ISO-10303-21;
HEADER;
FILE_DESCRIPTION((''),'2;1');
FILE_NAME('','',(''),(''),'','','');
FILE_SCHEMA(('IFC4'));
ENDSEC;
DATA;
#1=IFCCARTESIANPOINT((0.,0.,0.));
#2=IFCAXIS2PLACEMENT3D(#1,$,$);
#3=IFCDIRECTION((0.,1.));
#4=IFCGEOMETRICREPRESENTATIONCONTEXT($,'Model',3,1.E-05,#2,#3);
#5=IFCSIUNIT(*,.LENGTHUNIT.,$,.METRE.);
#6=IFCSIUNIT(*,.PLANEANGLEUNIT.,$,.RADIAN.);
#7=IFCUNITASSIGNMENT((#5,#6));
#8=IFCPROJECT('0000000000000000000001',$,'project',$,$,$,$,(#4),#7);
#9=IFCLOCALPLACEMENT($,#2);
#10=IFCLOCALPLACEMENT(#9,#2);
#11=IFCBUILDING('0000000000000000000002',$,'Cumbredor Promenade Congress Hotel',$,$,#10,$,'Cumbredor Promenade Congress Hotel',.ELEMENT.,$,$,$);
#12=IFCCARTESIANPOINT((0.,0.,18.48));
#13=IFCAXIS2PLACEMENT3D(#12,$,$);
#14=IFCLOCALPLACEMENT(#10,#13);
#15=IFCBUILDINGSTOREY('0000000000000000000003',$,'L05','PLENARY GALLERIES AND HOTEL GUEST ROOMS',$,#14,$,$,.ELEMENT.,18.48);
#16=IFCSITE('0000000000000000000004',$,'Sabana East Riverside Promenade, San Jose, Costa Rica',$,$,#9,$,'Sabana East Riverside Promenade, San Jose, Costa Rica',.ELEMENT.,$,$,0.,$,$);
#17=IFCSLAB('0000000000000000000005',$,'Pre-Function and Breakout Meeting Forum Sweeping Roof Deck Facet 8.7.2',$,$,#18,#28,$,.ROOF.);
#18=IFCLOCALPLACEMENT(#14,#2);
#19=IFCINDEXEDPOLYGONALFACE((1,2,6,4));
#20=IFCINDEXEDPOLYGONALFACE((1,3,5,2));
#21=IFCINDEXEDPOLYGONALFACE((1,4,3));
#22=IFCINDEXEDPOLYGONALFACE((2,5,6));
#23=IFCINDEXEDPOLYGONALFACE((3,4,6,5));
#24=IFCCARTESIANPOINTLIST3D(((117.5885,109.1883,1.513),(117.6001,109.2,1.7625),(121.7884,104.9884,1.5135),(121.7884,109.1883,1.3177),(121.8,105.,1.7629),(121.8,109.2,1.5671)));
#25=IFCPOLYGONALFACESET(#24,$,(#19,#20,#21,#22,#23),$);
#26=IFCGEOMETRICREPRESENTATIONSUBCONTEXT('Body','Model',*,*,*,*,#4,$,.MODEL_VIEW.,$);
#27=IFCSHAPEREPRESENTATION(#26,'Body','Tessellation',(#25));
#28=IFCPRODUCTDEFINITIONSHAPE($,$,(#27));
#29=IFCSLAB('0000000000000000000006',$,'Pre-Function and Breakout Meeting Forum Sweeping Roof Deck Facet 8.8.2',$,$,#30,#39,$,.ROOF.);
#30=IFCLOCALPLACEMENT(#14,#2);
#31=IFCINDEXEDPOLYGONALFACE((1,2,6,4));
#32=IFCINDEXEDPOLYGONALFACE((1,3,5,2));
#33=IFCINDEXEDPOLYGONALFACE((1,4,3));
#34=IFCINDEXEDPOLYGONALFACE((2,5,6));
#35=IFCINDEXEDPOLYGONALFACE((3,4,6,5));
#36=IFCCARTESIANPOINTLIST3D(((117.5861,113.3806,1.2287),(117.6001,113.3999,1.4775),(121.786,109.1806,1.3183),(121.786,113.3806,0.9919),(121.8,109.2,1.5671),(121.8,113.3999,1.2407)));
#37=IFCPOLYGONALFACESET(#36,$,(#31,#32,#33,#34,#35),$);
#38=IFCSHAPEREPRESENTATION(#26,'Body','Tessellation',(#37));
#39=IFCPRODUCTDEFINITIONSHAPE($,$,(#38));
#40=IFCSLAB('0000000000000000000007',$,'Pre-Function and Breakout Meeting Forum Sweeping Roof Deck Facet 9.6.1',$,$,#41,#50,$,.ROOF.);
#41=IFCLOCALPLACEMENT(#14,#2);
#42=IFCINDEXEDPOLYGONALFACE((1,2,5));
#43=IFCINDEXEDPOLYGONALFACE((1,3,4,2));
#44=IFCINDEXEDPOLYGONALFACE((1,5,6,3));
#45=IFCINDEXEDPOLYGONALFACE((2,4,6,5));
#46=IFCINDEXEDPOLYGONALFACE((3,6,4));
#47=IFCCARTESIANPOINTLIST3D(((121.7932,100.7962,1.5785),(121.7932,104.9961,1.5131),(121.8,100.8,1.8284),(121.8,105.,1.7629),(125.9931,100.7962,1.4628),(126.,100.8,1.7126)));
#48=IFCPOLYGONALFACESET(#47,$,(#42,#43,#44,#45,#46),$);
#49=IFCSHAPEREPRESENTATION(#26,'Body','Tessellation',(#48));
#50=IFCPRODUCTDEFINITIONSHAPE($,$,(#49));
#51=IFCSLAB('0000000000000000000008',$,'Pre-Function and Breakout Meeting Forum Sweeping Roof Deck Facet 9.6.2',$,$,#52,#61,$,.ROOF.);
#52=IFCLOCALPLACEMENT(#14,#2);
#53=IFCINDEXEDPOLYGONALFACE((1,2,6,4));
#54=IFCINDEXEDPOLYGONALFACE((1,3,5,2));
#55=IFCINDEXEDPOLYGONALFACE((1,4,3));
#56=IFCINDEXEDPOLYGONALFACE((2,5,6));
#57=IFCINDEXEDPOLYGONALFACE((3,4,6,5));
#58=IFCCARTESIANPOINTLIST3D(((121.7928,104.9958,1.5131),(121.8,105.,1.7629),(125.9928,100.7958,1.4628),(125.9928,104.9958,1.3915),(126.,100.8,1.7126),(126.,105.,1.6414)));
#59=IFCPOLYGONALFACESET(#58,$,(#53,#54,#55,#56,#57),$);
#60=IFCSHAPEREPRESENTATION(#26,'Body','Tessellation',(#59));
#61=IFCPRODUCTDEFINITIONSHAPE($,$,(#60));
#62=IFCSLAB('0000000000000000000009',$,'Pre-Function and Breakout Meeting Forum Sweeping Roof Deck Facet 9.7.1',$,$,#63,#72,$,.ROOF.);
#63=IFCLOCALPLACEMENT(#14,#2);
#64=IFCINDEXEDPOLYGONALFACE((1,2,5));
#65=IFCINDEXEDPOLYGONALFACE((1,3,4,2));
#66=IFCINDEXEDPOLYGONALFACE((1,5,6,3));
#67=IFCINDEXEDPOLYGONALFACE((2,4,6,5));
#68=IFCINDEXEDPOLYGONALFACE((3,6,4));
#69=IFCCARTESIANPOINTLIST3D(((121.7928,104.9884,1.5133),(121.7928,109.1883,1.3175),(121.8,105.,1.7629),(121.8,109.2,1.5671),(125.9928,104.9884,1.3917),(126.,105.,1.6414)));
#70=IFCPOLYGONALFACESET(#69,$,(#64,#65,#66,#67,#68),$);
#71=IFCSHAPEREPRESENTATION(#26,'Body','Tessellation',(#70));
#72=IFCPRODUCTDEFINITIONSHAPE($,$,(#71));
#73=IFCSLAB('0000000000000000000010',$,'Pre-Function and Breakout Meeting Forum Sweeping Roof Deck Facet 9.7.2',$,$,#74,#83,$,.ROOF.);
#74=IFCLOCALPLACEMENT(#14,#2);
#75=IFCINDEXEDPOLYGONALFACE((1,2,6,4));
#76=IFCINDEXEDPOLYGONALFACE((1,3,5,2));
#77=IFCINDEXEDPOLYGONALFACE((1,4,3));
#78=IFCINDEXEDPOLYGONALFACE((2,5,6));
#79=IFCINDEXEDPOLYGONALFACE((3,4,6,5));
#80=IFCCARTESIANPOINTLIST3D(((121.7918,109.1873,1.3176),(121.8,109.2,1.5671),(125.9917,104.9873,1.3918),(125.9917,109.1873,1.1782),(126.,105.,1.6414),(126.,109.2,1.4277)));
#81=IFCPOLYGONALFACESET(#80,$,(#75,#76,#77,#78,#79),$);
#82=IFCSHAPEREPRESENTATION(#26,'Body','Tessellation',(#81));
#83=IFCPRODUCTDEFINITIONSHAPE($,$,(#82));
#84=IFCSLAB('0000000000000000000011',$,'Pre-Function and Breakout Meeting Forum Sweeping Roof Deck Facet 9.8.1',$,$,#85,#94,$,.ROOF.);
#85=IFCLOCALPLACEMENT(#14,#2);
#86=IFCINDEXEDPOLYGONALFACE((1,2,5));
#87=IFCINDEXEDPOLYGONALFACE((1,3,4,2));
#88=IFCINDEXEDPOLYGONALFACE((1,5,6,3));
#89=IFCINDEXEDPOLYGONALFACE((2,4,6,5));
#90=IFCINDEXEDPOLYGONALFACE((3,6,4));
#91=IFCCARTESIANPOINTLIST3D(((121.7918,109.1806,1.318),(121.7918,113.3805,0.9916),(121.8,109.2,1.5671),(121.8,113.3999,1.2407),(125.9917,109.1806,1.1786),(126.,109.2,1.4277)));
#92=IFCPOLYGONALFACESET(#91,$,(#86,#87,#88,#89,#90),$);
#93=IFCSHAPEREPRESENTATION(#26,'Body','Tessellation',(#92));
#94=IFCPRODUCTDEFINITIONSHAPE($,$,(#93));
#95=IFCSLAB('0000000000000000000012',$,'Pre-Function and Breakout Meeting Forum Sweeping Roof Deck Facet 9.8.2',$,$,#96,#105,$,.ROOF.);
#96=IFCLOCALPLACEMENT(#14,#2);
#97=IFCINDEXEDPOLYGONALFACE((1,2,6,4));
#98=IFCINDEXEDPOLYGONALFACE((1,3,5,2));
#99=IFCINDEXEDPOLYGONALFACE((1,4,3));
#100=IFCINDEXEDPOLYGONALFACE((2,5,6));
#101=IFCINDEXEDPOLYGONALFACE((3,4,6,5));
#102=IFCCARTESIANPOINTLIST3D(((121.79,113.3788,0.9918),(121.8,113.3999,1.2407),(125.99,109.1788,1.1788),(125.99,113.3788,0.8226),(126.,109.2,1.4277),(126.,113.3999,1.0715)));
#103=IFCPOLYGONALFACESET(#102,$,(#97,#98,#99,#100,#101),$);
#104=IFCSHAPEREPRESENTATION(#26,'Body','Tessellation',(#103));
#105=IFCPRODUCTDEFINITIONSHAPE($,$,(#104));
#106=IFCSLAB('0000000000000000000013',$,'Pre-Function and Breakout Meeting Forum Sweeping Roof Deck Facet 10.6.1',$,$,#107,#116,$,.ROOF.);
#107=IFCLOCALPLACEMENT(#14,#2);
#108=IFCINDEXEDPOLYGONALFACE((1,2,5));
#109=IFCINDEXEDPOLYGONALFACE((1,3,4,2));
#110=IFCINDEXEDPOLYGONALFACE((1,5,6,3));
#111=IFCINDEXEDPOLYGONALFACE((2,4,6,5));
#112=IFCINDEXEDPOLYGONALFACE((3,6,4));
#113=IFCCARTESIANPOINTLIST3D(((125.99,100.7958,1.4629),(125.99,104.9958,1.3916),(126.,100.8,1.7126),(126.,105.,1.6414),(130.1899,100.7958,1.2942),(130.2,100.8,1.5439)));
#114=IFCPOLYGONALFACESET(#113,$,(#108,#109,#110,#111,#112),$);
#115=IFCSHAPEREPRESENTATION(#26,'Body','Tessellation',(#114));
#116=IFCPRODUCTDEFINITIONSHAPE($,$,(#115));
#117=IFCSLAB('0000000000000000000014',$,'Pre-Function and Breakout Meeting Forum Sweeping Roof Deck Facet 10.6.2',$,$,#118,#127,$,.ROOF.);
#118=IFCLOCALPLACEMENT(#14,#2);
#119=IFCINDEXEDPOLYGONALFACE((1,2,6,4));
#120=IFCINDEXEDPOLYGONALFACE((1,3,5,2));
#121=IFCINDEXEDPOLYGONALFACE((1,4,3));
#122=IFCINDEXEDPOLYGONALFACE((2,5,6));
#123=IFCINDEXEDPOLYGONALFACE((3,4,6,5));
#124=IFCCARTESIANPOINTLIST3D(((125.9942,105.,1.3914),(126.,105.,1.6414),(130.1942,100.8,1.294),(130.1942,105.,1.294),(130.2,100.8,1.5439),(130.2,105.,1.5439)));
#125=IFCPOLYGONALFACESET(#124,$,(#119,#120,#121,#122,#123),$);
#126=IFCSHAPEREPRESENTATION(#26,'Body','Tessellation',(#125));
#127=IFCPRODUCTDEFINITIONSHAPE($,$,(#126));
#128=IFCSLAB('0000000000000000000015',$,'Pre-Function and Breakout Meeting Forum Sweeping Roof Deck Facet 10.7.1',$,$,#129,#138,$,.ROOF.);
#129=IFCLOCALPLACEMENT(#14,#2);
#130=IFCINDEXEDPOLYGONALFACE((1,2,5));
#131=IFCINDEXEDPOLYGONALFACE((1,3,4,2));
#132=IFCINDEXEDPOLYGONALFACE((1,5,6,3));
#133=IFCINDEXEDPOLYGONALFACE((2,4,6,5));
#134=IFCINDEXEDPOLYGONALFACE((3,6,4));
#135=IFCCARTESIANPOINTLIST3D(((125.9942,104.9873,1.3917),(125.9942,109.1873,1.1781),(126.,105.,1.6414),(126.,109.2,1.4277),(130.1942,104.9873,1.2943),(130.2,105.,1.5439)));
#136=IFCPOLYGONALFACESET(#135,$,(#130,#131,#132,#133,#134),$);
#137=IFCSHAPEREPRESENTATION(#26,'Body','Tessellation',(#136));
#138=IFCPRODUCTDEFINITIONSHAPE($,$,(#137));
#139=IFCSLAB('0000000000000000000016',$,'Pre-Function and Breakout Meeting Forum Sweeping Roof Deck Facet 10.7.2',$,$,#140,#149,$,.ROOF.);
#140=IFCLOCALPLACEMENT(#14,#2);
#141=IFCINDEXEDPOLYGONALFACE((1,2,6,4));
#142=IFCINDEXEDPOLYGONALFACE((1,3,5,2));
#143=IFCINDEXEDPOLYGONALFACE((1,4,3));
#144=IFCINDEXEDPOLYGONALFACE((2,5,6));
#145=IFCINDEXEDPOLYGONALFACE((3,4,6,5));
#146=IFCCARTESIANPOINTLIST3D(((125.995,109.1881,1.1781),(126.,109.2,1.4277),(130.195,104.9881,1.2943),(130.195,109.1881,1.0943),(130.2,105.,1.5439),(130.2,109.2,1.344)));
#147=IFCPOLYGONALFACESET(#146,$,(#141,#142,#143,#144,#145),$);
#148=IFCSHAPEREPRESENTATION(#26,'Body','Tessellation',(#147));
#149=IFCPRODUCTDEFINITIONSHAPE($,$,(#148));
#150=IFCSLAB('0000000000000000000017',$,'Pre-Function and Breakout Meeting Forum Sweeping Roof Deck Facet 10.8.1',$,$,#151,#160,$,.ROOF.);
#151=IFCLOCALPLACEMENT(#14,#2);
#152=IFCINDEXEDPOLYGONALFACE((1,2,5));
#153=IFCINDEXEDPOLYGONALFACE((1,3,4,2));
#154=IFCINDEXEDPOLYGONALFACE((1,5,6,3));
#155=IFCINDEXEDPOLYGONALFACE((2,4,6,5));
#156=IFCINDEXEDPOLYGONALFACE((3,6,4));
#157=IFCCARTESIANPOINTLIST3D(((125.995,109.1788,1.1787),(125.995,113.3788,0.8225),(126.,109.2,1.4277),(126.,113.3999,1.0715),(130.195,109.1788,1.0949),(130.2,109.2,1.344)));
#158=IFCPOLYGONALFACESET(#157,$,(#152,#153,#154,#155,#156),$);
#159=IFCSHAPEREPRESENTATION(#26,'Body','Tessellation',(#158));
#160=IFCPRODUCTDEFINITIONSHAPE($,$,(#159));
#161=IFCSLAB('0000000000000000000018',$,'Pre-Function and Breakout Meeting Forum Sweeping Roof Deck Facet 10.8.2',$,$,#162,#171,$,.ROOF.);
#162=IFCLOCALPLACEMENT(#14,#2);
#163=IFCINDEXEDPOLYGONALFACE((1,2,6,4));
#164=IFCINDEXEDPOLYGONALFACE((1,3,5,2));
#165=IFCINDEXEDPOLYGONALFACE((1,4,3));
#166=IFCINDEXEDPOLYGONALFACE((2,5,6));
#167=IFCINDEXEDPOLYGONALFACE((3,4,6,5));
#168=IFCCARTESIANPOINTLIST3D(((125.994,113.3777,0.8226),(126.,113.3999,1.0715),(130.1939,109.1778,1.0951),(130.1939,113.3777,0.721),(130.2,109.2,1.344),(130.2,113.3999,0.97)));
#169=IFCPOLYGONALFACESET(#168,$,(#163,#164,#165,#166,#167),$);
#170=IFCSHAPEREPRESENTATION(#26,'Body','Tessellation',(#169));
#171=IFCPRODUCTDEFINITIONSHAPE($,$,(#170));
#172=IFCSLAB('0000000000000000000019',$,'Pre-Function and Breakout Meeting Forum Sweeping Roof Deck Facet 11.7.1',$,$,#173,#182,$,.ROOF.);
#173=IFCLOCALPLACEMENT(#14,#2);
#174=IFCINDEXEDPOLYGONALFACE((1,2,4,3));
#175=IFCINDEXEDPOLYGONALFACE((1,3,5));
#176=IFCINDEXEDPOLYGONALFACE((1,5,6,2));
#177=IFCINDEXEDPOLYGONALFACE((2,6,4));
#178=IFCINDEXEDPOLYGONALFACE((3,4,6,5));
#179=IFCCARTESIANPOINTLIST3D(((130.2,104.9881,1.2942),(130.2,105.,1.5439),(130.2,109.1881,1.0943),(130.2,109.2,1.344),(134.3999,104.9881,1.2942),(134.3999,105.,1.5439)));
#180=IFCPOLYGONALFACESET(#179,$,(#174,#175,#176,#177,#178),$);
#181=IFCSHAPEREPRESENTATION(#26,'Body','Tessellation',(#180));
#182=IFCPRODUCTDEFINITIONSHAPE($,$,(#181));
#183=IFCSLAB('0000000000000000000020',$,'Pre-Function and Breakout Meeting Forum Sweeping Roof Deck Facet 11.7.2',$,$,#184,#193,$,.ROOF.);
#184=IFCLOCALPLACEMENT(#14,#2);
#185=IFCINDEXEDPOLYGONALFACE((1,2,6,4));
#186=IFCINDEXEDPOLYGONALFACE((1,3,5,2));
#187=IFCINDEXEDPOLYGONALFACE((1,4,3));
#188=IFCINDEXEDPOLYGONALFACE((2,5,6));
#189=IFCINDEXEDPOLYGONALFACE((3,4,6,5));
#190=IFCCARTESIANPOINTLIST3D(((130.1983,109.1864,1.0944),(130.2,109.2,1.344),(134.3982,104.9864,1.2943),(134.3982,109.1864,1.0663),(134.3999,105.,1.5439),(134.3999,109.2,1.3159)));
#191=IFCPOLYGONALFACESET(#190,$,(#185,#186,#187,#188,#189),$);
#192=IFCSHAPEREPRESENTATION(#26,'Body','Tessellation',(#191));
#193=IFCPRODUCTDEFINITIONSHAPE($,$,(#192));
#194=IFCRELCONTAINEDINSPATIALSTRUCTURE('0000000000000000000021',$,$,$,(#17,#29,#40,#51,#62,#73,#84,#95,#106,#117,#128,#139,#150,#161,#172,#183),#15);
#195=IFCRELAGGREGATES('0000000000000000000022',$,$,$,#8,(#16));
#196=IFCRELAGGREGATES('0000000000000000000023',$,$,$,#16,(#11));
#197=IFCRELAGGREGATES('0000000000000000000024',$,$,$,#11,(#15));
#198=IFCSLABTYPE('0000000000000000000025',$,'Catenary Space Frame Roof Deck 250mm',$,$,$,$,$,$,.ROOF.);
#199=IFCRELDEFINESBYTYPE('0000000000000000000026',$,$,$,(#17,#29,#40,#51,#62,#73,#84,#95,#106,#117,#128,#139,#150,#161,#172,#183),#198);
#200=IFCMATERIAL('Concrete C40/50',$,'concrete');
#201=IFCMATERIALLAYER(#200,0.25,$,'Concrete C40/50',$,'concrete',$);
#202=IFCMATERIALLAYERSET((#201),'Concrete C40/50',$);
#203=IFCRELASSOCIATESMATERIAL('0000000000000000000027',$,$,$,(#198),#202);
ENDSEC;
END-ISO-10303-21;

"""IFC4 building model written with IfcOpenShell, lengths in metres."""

from ifc_helpers import new_model, si_unit, direction, frame, origin, place, context, subcontext, project, spatial, polyline, outline, extrude, material, layer, layer_set, type_object, element, save


model = new_model("IFC4")

# Units and contexts
model_context = context("Model", 3, precision=1e-05, world=origin(), true_north=direction((0.0, 1.0)))
body_context = subcontext(model_context, "Body", "Model", "MODEL_VIEW")
ifc_project = project(units=[si_unit("LENGTHUNIT", "METRE"), si_unit("PLANEANGLEUNIT", "RADIAN")], contexts=[model_context])

# Site, building, storey
site_placement = place(None, origin())
site = spatial("IfcSite", under=ifc_project, at=site_placement, Name="Sabana East Riverside Promenade, San Jose, Costa Rica", LongName="Sabana East Riverside Promenade, San Jose, Costa Rica", CompositionType="ELEMENT", RefElevation=0.0)
building_placement = place(site_placement, origin())
building = spatial("IfcBuilding", under=site, at=building_placement, Name="Cumbredor Promenade Congress Hotel", LongName="Cumbredor Promenade Congress Hotel", CompositionType="ELEMENT")
storey_placement = place(building_placement, frame((0.0, 0.0, 18.48)))
storey = spatial("IfcBuildingStorey", under=building, at=storey_placement, Name="L05", Description="PLENARY GALLERIES AND HOTEL GUEST ROOMS", CompositionType="ELEMENT", Elevation=18.48)

# Slabs
ifc_material_1 = material(Name="Concrete C40/50", Category="concrete")
ifc_layer_1 = layer(ifc_material_1, 0.25, Name="Concrete C40/50", Category="concrete")
ifc_layer_set_1 = layer_set([ifc_layer_1], Name="Concrete C40/50")
slab_type = type_object("IfcSlabType", Name="Catenary Space Frame Roof Deck 250mm", PredefinedType="ROOF", material=ifc_layer_set_1)
slab_1_placement = place(storey_placement, frame((121.8, 105.0, 1.7629), z_axis=(0.046403, 0.046519, 0.997839), x_axis=(0.0, 0.998915, -0.046569)))
element("IfcSlab", 1, at=slab_1_placement, inside=storey, type_object=slab_type, Name="Pre-Function and Breakout Meeting Forum Sweeping Roof Deck Facet 8.7.2", PredefinedType="ROOF", context=body_context, shape_type="SweptSolid", body=[
    extrude(outline(polyline([(0.0, 0.0), (4.2045, 0.0), (4.1954, 4.2045), (0.0, 0.0)])), origin(), (0.0, 0.0, -1.0), 0.25),
])
slab_2_placement = place(storey_placement, frame((121.8, 109.2, 1.5671), z_axis=(0.056127, 0.077363, 0.995422), x_axis=(0.0, 0.996993, -0.077485)))
element("IfcSlab", 2, at=slab_2_placement, inside=storey, type_object=slab_type, Name="Pre-Function and Breakout Meeting Forum Sweeping Roof Deck Facet 8.8.2", PredefinedType="ROOF", context=body_context, shape_type="SweptSolid", body=[
    extrude(outline(polyline([(0.0, 0.0), (4.2126, 0.0), (4.1943, 4.2066), (0.0, 0.0)])), origin(), (0.0, 0.0, -1.0), 0.25),
])
slab_3_placement = place(storey_placement, frame((121.8, 100.8, 1.8284), z_axis=(0.02754, 0.015571, 0.999499), x_axis=(0.999621, 0.0, -0.027543)))
element("IfcSlab", 3, at=slab_3_placement, inside=storey, type_object=slab_type, Name="Pre-Function and Breakout Meeting Forum Sweeping Roof Deck Facet 9.6.1", PredefinedType="ROOF", context=body_context, shape_type="SweptSolid", body=[
    extrude(outline(polyline([(0.0, 0.0), (4.2015, 0.0), (0.0018, 4.2005), (0.0, 0.0)])), origin(), (0.0, 0.0, -1.0), 0.25),
])
slab_4_placement = place(storey_placement, frame((126.0, 100.8, 1.7126), z_axis=(0.028932, 0.016964, 0.999437), x_axis=(0.0, 0.999856, -0.016971)))
element("IfcSlab", 4, at=slab_4_placement, inside=storey, type_object=slab_type, Name="Pre-Function and Breakout Meeting Forum Sweeping Roof Deck Facet 9.6.2", PredefinedType="ROOF", context=body_context, shape_type="SweptSolid", body=[
    extrude(outline(polyline([(0.0, 0.0), (4.2006, 0.0), (4.1985, 4.2017), (0.0, 0.0)])), origin(), (0.0, 0.0, -1.0), 0.25),
])
slab_5_placement = place(storey_placement, frame((121.8, 105.0, 1.7629), z_axis=(0.028905, 0.04655, 0.998498), x_axis=(0.999581, 0.0, -0.028936)))
element("IfcSlab", 5, at=slab_5_placement, inside=storey, type_object=slab_type, Name="Pre-Function and Breakout Meeting Forum Sweeping Roof Deck Facet 9.7.1", PredefinedType="ROOF", context=body_context, shape_type="SweptSolid", body=[
    extrude(outline(polyline([(0.0, 0.0), (4.2017, 0.0), (0.0057, 4.2045), (0.0, 0.0)])), origin(), (0.0, 0.0, -1.0), 0.25),
])
slab_6_placement = place(storey_placement, frame((126.0, 105.0, 1.6414), z_axis=(0.033131, 0.05077, 0.998161), x_axis=(0.0, 0.998709, -0.050798)))
element("IfcSlab", 6, at=slab_6_placement, inside=storey, type_object=slab_type, Name="Pre-Function and Breakout Meeting Forum Sweeping Roof Deck Facet 9.7.2", PredefinedType="ROOF", context=body_context, shape_type="SweptSolid", body=[
    extrude(outline(polyline([(0.0, 0.0), (4.2054, 0.0), (4.1983, 4.2023), (0.0, 0.0)])), origin(), (0.0, 0.0, -1.0), 0.25),
])
slab_7_placement = place(storey_placement, frame((121.8, 109.2, 1.5671), z_axis=(0.033074, 0.077443, 0.996448), x_axis=(0.99945, 0.0, -0.033174)))
element("IfcSlab", 7, at=slab_7_placement, inside=storey, type_object=slab_type, Name="Pre-Function and Breakout Meeting Forum Sweeping Roof Deck Facet 9.8.1", PredefinedType="ROOF", context=body_context, shape_type="SweptSolid", body=[
    extrude(outline(polyline([(0.0, 0.0), (4.2023, 0.0), (0.0108, 4.2126), (0.0, 0.0)])), origin(), (0.0, 0.0, -1.0), 0.25),
])
slab_8_placement = place(storey_placement, frame((126.0, 109.2, 1.4277), z_axis=(0.040107, 0.084439, 0.995621), x_axis=(0.0, 0.996423, -0.084507)))
element("IfcSlab", 8, at=slab_8_placement, inside=storey, type_object=slab_type, Name="Pre-Function and Breakout Meeting Forum Sweeping Roof Deck Facet 9.8.2", PredefinedType="ROOF", context=body_context, shape_type="SweptSolid", body=[
    extrude(outline(polyline([(0.0, 0.0), (4.215, 0.0), (4.2007, 4.2033), (0.0, 0.0)])), origin(), (0.0, 0.0, -1.0), 0.25),
])
slab_9_placement = place(storey_placement, frame((126.0, 100.8, 1.7126), z_axis=(0.040129, 0.016958, 0.999051), x_axis=(0.999194, 0.0, -0.040135)))
element("IfcSlab", 9, at=slab_9_placement, inside=storey, type_object=slab_type, Name="Pre-Function and Breakout Meeting Forum Sweeping Roof Deck Facet 10.6.1", PredefinedType="ROOF", context=body_context, shape_type="SweptSolid", body=[
    extrude(outline(polyline([(0.0, 0.0), (4.2033, 0.0), (0.0029, 4.2006), (0.0, 0.0)])), origin(), (0.0, 0.0, -1.0), 0.25),
])
slab_10_placement = place(storey_placement, frame((130.2, 100.8, 1.5439), z_axis=(0.023187, 0.0, 0.999731), x_axis=(0.0, 1.0, 0.0)))
element("IfcSlab", 10, at=slab_10_placement, inside=storey, type_object=slab_type, Name="Pre-Function and Breakout Meeting Forum Sweeping Roof Deck Facet 10.6.2", PredefinedType="ROOF", context=body_context, shape_type="SweptSolid", body=[
    extrude(outline(polyline([(0.0, 0.0), (4.2, 0.0), (4.2, 4.2011), (0.0, 0.0)])), origin(), (0.0, 0.0, -1.0), 0.25),
])
slab_11_placement = place(storey_placement, frame((126.0, 105.0, 1.6414), z_axis=(0.023157, 0.050784, 0.998441), x_axis=(0.999731, 0.0, -0.023187)))
element("IfcSlab", 11, at=slab_11_placement, inside=storey, type_object=slab_type, Name="Pre-Function and Breakout Meeting Forum Sweeping Roof Deck Facet 10.7.1", PredefinedType="ROOF", context=body_context, shape_type="SweptSolid", body=[
    extrude(outline(polyline([(0.0, 0.0), (4.2011, 0.0), (0.005, 4.2054), (0.0, 0.0)])), origin(), (0.0, 0.0, -1.0), 0.25),
])
slab_12_placement = place(storey_placement, frame((130.2, 105.0, 1.5439), z_axis=(0.019912, 0.047545, 0.998671), x_axis=(0.0, 0.998869, -0.047554)))
element("IfcSlab", 12, at=slab_12_placement, inside=storey, type_object=slab_type, Name="Pre-Function and Breakout Meeting Forum Sweeping Roof Deck Facet 10.7.2", PredefinedType="ROOF", context=body_context, shape_type="SweptSolid", body=[
    extrude(outline(polyline([(0.0, 0.0), (4.2047, 0.0), (4.2007, 4.2008), (0.0, 0.0)])), origin(), (0.0, 0.0, -1.0), 0.25),
])
slab_13_placement = place(storey_placement, frame((126.0, 109.2, 1.4277), z_axis=(0.019863, 0.084491, 0.996226), x_axis=(0.999801, 0.0, -0.019934)))
element("IfcSlab", 13, at=slab_13_placement, inside=storey, type_object=slab_type, Name="Pre-Function and Breakout Meeting Forum Sweeping Roof Deck Facet 10.8.1", PredefinedType="ROOF", context=body_context, shape_type="SweptSolid", body=[
    extrude(outline(polyline([(0.0, 0.0), (4.2008, 0.0), (0.0071, 4.215), (0.0, 0.0)])), origin(), (0.0, 0.0, -1.0), 0.25),
])
slab_14_placement = place(storey_placement, frame((130.2, 109.2, 1.344), z_axis=(0.02408, 0.088677, 0.995769), x_axis=(0.0, 0.996058, -0.088703)))
element("IfcSlab", 14, at=slab_14_placement, inside=storey, type_object=slab_type, Name="Pre-Function and Breakout Meeting Forum Sweeping Roof Deck Facet 10.8.2", PredefinedType="ROOF", context=body_context, shape_type="SweptSolid", body=[
    extrude(outline(polyline([(0.0, 0.0), (4.2166, 0.0), (4.2076, 4.2012), (0.0, 0.0)])), origin(), (0.0, 0.0, -1.0), 0.25),
])
slab_15_placement = place(storey_placement, frame((130.2, 105.0, 1.5439), z_axis=(0.0, 0.047554, 0.998869), x_axis=(1.0, 0.0, 0.0)))
element("IfcSlab", 15, at=slab_15_placement, inside=storey, type_object=slab_type, Name="Pre-Function and Breakout Meeting Forum Sweeping Roof Deck Facet 11.7.1", PredefinedType="ROOF", context=body_context, shape_type="SweptSolid", body=[
    extrude(outline(polyline([(0.0, 0.0), (4.2, 0.0), (0.0, 4.2047), (0.0, 0.0)])), origin(), (0.0, 0.0, -1.0), 0.25),
])
slab_16_placement = place(storey_placement, frame((134.3999, 105.0, 1.5439), z_axis=(0.006675, 0.054212, 0.998507), x_axis=(0.0, 0.998529, -0.054213)))
element("IfcSlab", 16, at=slab_16_placement, inside=storey, type_object=slab_type, Name="Pre-Function and Breakout Meeting Forum Sweeping Roof Deck Facet 11.7.2", PredefinedType="ROOF", context=body_context, shape_type="SweptSolid", body=[
    extrude(outline(polyline([(0.0, 0.0), (4.2061, 0.0), (4.2046, 4.2), (0.0, 0.0)])), origin(), (0.0, 0.0, -1.0), 0.25),
])

save(model, "model.ifc")
